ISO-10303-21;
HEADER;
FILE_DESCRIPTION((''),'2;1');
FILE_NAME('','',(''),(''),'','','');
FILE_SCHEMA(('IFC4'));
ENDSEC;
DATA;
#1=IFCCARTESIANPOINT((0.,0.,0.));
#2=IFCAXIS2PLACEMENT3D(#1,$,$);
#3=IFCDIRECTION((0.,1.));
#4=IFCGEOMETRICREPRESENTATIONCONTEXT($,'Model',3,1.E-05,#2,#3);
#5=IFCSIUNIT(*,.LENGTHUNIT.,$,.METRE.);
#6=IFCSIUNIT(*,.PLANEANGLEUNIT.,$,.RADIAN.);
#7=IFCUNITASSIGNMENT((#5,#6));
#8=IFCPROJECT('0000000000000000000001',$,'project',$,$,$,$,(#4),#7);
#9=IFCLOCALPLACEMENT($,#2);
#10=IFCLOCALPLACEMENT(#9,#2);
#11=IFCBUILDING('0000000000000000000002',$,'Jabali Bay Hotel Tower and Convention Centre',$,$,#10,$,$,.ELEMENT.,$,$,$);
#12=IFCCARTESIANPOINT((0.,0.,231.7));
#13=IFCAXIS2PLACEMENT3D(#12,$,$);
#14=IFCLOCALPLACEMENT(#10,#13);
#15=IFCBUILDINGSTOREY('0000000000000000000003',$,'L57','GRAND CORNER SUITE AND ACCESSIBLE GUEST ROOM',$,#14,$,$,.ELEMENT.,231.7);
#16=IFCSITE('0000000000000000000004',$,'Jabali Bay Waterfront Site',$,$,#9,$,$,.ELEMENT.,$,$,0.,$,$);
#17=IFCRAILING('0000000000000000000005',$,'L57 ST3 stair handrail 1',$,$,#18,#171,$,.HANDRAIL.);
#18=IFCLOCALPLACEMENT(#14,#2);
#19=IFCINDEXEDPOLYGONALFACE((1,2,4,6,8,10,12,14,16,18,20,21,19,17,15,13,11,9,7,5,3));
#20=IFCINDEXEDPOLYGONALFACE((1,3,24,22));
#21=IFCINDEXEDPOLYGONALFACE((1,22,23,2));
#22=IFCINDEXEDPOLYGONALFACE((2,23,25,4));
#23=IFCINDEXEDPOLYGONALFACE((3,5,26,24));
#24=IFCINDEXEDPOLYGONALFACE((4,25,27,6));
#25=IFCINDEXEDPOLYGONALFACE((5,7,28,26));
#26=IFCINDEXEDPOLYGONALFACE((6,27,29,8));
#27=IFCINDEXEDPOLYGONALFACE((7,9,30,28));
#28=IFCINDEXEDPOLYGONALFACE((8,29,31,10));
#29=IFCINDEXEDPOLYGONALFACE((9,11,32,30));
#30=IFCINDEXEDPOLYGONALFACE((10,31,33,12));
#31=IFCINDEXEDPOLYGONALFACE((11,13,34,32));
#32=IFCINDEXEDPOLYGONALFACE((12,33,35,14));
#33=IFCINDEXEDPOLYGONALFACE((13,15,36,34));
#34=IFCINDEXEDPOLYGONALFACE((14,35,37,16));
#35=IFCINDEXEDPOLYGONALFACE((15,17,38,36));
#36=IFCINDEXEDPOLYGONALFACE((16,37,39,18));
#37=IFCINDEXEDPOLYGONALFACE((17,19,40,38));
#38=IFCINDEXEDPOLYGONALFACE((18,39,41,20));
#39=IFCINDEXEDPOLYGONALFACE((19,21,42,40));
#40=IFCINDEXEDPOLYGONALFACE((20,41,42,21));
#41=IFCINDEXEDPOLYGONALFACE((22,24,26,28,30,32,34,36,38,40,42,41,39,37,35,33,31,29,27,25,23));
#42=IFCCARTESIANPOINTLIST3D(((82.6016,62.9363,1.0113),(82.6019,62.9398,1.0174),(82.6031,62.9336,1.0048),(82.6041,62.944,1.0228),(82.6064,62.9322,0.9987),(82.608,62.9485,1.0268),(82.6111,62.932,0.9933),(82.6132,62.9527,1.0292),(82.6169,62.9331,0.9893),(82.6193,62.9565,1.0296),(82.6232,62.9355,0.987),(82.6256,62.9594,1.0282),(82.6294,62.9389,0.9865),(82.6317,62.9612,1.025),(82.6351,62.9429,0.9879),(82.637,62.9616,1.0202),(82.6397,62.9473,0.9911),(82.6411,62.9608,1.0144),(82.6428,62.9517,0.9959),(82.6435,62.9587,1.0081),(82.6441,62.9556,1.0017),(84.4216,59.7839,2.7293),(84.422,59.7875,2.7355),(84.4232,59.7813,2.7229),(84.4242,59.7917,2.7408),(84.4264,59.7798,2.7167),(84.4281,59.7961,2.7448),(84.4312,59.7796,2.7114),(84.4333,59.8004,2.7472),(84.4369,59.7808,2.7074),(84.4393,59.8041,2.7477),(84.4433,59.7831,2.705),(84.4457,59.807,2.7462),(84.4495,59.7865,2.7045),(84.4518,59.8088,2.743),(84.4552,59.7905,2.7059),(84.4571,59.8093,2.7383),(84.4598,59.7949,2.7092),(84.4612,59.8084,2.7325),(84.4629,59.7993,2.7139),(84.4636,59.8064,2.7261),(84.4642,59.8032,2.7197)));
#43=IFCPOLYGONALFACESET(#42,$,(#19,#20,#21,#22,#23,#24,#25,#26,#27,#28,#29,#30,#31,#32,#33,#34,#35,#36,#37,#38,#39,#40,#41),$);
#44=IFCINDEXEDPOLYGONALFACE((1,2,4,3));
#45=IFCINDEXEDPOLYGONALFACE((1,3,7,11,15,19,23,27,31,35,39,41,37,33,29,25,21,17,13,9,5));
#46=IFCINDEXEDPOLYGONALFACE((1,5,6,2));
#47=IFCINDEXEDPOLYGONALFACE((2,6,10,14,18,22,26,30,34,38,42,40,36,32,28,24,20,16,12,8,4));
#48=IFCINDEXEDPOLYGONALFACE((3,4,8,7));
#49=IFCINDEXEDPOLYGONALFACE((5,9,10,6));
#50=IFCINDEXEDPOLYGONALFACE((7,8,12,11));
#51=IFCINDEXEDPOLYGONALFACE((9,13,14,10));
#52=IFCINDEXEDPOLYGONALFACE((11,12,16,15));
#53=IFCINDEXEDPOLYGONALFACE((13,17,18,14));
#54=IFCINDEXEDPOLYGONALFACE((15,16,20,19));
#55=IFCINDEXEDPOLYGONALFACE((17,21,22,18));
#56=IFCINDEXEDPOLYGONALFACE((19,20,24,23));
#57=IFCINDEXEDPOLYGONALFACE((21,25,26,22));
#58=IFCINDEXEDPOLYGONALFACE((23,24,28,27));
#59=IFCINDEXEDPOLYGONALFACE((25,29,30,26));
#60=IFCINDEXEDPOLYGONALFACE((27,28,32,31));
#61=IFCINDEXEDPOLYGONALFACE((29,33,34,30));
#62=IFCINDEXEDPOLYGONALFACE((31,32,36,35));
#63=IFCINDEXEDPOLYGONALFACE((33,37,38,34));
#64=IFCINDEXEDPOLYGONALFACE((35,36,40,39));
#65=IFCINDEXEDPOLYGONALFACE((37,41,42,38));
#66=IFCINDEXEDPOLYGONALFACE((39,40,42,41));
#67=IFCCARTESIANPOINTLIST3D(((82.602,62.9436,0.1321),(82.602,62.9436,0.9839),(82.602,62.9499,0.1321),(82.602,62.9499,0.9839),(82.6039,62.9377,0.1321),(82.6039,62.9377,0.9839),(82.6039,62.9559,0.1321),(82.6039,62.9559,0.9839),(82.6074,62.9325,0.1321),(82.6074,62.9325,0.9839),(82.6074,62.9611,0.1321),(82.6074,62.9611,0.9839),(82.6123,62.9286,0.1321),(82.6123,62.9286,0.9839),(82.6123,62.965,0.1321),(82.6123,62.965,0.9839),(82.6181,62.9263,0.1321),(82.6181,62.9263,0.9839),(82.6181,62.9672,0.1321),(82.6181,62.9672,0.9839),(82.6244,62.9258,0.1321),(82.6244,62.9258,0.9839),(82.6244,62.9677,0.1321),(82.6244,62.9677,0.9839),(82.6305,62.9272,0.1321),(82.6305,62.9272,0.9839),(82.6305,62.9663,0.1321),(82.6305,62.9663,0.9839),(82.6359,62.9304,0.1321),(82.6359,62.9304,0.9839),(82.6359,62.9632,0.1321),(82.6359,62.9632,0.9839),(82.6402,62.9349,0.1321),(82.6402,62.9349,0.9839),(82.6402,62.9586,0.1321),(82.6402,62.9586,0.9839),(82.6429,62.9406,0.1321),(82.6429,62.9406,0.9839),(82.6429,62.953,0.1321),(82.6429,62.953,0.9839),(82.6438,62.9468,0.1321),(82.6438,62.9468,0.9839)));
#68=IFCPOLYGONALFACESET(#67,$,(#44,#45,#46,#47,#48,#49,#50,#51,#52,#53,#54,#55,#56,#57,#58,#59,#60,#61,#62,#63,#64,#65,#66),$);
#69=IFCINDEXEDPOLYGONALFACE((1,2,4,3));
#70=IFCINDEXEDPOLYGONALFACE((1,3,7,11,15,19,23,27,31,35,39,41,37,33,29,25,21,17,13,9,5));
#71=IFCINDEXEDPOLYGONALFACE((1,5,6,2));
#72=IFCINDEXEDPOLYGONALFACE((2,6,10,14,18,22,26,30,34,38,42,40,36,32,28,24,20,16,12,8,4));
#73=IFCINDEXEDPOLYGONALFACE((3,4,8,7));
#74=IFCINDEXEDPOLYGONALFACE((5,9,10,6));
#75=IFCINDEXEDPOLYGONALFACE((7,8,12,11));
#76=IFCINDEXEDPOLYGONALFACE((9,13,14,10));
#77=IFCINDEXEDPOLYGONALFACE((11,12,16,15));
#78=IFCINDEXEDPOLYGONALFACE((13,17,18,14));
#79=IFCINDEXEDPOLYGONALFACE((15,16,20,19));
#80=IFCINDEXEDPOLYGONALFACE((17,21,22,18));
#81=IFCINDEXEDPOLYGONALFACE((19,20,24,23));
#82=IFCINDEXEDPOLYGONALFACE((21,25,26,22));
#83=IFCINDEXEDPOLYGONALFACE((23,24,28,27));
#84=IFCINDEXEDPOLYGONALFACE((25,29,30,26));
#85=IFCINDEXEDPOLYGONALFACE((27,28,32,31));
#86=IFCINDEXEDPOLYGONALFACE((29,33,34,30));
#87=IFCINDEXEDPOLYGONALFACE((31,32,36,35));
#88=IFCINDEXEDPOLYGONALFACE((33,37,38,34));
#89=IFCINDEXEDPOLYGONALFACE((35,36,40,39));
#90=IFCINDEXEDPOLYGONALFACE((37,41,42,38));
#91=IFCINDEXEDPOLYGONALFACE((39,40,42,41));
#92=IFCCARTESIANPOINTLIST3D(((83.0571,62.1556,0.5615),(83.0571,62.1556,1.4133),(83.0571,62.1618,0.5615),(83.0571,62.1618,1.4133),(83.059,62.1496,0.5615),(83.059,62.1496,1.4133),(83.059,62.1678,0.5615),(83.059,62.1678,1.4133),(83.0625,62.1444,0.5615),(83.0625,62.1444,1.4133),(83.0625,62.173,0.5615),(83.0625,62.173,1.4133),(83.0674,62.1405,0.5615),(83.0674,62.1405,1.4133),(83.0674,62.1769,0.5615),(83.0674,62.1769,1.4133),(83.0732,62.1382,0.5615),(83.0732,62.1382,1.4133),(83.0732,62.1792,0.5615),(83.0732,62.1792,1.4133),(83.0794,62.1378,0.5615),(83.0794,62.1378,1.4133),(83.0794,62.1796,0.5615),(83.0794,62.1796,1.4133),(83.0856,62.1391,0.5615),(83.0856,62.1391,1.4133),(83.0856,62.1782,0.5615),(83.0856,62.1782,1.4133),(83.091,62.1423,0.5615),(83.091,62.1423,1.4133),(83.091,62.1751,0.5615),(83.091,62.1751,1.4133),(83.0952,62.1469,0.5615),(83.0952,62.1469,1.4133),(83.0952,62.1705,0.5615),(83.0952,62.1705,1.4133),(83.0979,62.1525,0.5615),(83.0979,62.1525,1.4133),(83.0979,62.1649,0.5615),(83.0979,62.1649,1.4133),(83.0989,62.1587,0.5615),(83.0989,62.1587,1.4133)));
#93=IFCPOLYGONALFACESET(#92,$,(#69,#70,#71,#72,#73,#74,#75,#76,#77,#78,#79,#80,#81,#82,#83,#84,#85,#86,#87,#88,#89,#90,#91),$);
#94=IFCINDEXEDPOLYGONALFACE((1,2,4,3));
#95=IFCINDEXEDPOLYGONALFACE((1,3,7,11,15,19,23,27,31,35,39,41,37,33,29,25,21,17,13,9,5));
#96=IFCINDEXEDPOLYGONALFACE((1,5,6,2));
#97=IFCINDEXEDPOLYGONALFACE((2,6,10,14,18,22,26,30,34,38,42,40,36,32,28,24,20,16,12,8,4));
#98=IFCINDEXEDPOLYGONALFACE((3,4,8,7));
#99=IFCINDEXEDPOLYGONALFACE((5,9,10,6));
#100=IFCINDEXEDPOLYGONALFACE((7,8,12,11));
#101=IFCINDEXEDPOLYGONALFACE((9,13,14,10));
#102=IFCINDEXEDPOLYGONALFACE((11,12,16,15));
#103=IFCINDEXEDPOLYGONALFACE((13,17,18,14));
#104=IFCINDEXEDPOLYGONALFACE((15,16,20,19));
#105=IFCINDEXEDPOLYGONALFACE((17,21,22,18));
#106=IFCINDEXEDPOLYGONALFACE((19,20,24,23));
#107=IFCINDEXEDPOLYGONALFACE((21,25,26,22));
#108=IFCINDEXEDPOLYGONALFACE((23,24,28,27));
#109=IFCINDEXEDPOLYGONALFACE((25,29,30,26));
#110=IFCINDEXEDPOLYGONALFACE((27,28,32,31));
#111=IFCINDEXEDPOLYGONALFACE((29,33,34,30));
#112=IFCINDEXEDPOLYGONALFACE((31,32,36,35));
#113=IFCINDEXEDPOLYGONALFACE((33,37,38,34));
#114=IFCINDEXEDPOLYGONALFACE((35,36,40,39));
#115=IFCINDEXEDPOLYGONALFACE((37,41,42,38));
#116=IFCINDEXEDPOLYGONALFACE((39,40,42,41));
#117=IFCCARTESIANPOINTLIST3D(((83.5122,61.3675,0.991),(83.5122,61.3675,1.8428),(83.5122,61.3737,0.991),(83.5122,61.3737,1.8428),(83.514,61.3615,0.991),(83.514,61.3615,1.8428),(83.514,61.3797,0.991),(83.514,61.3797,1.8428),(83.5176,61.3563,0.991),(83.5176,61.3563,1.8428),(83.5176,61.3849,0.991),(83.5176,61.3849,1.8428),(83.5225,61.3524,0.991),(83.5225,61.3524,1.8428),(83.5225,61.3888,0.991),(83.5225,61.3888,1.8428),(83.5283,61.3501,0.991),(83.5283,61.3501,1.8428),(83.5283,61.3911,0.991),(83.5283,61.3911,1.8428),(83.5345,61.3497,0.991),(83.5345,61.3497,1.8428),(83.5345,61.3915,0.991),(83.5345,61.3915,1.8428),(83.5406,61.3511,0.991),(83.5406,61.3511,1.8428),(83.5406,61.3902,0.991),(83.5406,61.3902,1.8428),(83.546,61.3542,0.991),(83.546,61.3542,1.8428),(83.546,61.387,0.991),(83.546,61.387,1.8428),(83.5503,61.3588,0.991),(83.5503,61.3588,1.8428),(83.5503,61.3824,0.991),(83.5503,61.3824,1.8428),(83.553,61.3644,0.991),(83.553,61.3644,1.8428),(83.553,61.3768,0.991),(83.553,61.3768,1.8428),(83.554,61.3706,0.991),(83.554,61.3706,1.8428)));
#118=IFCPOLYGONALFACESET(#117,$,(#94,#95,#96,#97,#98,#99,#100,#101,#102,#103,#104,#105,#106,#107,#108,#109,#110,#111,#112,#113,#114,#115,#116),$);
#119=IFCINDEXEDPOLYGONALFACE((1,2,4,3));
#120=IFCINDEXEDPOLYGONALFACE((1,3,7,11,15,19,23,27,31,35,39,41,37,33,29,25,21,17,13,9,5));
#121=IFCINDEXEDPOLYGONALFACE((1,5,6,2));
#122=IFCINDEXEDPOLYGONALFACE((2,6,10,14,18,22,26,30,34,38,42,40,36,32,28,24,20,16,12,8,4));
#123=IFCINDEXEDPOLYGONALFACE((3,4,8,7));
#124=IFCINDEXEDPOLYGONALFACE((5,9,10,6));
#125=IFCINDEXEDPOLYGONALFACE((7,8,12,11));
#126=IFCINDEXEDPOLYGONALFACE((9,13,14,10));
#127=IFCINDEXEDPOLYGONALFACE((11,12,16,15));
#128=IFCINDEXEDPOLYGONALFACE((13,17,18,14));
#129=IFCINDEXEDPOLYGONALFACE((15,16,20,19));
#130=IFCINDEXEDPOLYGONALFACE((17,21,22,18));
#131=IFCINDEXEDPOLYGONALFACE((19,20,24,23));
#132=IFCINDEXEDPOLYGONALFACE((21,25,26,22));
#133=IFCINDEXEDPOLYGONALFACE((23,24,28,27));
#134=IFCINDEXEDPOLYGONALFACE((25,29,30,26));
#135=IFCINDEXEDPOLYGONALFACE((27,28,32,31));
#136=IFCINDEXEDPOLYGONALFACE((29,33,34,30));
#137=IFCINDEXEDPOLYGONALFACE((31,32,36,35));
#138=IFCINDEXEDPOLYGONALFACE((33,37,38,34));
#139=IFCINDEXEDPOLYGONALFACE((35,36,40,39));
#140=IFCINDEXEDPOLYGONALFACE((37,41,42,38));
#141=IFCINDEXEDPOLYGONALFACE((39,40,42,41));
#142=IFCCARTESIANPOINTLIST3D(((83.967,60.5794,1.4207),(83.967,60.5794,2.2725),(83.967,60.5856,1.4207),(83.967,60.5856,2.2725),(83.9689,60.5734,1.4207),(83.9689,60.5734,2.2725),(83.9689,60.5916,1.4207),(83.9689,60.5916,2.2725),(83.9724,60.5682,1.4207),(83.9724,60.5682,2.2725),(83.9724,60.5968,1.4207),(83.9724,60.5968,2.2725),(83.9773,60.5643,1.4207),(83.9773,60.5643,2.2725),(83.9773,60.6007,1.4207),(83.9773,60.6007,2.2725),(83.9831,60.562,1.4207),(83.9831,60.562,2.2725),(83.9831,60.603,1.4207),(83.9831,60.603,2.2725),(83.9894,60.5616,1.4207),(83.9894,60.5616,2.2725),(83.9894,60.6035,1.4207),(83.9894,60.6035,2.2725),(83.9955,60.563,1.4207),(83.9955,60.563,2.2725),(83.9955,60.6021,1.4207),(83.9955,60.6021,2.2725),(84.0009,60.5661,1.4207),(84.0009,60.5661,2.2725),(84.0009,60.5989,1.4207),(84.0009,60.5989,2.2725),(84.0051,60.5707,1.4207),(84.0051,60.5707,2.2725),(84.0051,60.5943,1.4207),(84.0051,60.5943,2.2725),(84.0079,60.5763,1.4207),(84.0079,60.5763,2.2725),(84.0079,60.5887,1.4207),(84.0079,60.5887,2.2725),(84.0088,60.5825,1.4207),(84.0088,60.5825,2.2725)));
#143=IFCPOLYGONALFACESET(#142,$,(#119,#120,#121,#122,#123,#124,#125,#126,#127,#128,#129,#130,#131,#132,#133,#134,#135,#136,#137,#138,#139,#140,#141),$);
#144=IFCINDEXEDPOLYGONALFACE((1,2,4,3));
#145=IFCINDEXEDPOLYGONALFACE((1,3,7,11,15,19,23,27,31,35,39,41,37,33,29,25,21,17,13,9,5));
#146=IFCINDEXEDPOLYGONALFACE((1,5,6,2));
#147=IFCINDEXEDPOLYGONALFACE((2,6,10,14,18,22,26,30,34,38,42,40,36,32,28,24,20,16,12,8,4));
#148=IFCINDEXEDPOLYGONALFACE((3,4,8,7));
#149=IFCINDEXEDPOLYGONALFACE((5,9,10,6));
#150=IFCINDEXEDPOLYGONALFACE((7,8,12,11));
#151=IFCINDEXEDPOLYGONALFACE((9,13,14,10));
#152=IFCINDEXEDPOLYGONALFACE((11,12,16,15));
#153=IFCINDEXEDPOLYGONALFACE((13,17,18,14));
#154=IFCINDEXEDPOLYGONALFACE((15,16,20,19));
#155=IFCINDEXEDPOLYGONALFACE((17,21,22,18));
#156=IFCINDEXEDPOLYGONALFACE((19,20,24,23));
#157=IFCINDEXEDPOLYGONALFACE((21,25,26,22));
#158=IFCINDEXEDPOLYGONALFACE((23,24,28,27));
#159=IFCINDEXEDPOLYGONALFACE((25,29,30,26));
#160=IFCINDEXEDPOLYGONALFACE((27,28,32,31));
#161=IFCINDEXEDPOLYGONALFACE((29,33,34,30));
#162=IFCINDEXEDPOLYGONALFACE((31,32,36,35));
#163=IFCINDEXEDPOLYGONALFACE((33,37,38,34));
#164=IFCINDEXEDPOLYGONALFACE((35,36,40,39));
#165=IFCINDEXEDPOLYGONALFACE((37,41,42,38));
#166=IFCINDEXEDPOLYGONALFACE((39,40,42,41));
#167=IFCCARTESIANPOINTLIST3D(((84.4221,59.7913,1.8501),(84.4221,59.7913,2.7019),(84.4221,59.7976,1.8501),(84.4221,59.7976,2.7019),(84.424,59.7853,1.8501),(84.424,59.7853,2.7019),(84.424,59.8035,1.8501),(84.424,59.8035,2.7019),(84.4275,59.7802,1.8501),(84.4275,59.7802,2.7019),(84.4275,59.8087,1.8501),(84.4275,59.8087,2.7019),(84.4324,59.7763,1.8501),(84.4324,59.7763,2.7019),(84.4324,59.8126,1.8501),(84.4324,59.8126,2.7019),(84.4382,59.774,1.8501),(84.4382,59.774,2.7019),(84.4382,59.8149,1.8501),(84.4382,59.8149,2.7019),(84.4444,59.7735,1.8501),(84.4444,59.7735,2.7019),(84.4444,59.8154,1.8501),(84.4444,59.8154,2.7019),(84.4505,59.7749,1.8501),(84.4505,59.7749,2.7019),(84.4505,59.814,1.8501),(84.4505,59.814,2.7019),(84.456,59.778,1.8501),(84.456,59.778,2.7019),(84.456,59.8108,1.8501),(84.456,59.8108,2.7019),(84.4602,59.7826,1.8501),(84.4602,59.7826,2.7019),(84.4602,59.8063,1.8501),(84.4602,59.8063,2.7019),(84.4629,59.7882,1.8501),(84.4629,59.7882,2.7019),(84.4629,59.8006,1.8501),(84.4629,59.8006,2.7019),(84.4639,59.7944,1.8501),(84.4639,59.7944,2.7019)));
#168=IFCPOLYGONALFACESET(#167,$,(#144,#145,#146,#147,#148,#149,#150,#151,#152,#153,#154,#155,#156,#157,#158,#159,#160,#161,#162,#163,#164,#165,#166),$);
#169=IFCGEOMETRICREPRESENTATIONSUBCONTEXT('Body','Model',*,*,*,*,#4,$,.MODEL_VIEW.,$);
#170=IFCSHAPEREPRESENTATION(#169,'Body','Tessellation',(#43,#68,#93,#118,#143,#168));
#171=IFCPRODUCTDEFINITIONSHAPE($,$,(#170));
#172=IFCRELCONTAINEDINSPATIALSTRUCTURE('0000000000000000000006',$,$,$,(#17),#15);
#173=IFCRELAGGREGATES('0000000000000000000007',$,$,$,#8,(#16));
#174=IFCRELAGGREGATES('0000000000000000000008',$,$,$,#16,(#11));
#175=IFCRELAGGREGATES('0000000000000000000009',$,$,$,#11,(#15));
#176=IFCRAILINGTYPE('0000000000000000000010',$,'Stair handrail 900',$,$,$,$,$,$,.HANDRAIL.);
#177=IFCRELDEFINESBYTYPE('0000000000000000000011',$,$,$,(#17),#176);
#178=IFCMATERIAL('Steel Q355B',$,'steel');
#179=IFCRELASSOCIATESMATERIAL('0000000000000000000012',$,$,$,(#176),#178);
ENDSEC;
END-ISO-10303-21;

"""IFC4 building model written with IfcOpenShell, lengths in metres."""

from ifc_helpers import new_model, si_unit, direction, frame, origin, origin_2d, place, context, subcontext, project, spatial, circle, extrude, material, type_object, element, save


model = new_model("IFC4")

# Units and contexts
model_context = context("Model", 3, precision=1e-05, world=origin(), true_north=direction((0.0, 1.0)))
body_context = subcontext(model_context, "Body", "Model", "MODEL_VIEW")
ifc_project = project(units=[si_unit("LENGTHUNIT", "METRE"), si_unit("PLANEANGLEUNIT", "RADIAN")], contexts=[model_context])

# Site, building, storey
site_placement = place(None, origin())
site = spatial("IfcSite", under=ifc_project, at=site_placement, Name="Jabali Bay Waterfront Site", CompositionType="ELEMENT", RefElevation=0.0)
building_placement = place(site_placement, origin())
building = spatial("IfcBuilding", under=site, at=building_placement, Name="Jabali Bay Hotel Tower and Convention Centre", CompositionType="ELEMENT")
storey_placement = place(building_placement, frame((0.0, 0.0, 231.7)))
storey = spatial("IfcBuildingStorey", under=building, at=storey_placement, Name="L57", Description="GRAND CORNER SUITE AND ACCESSIBLE GUEST ROOM", CompositionType="ELEMENT", Elevation=231.7)

# Railing
ifc_material_1 = material(Name="Steel Q355B", Category="steel")
railing_type_1 = type_object("IfcRailingType", Name="Stair handrail 900", PredefinedType="HANDRAIL", material=ifc_material_1)
railing_1_placement = place(storey_placement, frame((82.6228, 62.9468, 0.1321)))
element("IfcRailing", 1, at=railing_1_placement, inside=storey, type_object=railing_type_1, Name="L57 ST3 stair handrail 1", PredefinedType="HANDRAIL", context=body_context, shape_type="SweptSolid", body=[
    extrude(circle(Radius=0.0239, at=origin_2d()), frame((0.0, 0.0, 0.876), z_axis=(0.452179, -0.78317, 0.426825), x_axis=(0.866018, 0.500013, 0.0)), (0.0, 0.0, 1.0), 4.0251),
    extrude(circle(Radius=0.021, at=origin_2d()), origin(), (0.0, 0.0, 1.0), 0.8518),
    extrude(circle(Radius=0.021, at=origin_2d()), frame((0.4551, -0.7881, 0.4294)), (0.0, 0.0, 1.0), 0.8518),
    extrude(circle(Radius=0.021, at=origin_2d()), frame((0.9102, -1.5762, 0.8589)), (0.0, 0.0, 1.0), 0.8518),
    extrude(circle(Radius=0.021, at=origin_2d()), frame((1.365, -2.3643, 1.2886)), (0.0, 0.0, 1.0), 0.8518),
    extrude(circle(Radius=0.021, at=origin_2d()), frame((1.8201, -3.1523, 1.718)), (0.0, 0.0, 1.0), 0.8518),
])

save(model, "model.ifc")
